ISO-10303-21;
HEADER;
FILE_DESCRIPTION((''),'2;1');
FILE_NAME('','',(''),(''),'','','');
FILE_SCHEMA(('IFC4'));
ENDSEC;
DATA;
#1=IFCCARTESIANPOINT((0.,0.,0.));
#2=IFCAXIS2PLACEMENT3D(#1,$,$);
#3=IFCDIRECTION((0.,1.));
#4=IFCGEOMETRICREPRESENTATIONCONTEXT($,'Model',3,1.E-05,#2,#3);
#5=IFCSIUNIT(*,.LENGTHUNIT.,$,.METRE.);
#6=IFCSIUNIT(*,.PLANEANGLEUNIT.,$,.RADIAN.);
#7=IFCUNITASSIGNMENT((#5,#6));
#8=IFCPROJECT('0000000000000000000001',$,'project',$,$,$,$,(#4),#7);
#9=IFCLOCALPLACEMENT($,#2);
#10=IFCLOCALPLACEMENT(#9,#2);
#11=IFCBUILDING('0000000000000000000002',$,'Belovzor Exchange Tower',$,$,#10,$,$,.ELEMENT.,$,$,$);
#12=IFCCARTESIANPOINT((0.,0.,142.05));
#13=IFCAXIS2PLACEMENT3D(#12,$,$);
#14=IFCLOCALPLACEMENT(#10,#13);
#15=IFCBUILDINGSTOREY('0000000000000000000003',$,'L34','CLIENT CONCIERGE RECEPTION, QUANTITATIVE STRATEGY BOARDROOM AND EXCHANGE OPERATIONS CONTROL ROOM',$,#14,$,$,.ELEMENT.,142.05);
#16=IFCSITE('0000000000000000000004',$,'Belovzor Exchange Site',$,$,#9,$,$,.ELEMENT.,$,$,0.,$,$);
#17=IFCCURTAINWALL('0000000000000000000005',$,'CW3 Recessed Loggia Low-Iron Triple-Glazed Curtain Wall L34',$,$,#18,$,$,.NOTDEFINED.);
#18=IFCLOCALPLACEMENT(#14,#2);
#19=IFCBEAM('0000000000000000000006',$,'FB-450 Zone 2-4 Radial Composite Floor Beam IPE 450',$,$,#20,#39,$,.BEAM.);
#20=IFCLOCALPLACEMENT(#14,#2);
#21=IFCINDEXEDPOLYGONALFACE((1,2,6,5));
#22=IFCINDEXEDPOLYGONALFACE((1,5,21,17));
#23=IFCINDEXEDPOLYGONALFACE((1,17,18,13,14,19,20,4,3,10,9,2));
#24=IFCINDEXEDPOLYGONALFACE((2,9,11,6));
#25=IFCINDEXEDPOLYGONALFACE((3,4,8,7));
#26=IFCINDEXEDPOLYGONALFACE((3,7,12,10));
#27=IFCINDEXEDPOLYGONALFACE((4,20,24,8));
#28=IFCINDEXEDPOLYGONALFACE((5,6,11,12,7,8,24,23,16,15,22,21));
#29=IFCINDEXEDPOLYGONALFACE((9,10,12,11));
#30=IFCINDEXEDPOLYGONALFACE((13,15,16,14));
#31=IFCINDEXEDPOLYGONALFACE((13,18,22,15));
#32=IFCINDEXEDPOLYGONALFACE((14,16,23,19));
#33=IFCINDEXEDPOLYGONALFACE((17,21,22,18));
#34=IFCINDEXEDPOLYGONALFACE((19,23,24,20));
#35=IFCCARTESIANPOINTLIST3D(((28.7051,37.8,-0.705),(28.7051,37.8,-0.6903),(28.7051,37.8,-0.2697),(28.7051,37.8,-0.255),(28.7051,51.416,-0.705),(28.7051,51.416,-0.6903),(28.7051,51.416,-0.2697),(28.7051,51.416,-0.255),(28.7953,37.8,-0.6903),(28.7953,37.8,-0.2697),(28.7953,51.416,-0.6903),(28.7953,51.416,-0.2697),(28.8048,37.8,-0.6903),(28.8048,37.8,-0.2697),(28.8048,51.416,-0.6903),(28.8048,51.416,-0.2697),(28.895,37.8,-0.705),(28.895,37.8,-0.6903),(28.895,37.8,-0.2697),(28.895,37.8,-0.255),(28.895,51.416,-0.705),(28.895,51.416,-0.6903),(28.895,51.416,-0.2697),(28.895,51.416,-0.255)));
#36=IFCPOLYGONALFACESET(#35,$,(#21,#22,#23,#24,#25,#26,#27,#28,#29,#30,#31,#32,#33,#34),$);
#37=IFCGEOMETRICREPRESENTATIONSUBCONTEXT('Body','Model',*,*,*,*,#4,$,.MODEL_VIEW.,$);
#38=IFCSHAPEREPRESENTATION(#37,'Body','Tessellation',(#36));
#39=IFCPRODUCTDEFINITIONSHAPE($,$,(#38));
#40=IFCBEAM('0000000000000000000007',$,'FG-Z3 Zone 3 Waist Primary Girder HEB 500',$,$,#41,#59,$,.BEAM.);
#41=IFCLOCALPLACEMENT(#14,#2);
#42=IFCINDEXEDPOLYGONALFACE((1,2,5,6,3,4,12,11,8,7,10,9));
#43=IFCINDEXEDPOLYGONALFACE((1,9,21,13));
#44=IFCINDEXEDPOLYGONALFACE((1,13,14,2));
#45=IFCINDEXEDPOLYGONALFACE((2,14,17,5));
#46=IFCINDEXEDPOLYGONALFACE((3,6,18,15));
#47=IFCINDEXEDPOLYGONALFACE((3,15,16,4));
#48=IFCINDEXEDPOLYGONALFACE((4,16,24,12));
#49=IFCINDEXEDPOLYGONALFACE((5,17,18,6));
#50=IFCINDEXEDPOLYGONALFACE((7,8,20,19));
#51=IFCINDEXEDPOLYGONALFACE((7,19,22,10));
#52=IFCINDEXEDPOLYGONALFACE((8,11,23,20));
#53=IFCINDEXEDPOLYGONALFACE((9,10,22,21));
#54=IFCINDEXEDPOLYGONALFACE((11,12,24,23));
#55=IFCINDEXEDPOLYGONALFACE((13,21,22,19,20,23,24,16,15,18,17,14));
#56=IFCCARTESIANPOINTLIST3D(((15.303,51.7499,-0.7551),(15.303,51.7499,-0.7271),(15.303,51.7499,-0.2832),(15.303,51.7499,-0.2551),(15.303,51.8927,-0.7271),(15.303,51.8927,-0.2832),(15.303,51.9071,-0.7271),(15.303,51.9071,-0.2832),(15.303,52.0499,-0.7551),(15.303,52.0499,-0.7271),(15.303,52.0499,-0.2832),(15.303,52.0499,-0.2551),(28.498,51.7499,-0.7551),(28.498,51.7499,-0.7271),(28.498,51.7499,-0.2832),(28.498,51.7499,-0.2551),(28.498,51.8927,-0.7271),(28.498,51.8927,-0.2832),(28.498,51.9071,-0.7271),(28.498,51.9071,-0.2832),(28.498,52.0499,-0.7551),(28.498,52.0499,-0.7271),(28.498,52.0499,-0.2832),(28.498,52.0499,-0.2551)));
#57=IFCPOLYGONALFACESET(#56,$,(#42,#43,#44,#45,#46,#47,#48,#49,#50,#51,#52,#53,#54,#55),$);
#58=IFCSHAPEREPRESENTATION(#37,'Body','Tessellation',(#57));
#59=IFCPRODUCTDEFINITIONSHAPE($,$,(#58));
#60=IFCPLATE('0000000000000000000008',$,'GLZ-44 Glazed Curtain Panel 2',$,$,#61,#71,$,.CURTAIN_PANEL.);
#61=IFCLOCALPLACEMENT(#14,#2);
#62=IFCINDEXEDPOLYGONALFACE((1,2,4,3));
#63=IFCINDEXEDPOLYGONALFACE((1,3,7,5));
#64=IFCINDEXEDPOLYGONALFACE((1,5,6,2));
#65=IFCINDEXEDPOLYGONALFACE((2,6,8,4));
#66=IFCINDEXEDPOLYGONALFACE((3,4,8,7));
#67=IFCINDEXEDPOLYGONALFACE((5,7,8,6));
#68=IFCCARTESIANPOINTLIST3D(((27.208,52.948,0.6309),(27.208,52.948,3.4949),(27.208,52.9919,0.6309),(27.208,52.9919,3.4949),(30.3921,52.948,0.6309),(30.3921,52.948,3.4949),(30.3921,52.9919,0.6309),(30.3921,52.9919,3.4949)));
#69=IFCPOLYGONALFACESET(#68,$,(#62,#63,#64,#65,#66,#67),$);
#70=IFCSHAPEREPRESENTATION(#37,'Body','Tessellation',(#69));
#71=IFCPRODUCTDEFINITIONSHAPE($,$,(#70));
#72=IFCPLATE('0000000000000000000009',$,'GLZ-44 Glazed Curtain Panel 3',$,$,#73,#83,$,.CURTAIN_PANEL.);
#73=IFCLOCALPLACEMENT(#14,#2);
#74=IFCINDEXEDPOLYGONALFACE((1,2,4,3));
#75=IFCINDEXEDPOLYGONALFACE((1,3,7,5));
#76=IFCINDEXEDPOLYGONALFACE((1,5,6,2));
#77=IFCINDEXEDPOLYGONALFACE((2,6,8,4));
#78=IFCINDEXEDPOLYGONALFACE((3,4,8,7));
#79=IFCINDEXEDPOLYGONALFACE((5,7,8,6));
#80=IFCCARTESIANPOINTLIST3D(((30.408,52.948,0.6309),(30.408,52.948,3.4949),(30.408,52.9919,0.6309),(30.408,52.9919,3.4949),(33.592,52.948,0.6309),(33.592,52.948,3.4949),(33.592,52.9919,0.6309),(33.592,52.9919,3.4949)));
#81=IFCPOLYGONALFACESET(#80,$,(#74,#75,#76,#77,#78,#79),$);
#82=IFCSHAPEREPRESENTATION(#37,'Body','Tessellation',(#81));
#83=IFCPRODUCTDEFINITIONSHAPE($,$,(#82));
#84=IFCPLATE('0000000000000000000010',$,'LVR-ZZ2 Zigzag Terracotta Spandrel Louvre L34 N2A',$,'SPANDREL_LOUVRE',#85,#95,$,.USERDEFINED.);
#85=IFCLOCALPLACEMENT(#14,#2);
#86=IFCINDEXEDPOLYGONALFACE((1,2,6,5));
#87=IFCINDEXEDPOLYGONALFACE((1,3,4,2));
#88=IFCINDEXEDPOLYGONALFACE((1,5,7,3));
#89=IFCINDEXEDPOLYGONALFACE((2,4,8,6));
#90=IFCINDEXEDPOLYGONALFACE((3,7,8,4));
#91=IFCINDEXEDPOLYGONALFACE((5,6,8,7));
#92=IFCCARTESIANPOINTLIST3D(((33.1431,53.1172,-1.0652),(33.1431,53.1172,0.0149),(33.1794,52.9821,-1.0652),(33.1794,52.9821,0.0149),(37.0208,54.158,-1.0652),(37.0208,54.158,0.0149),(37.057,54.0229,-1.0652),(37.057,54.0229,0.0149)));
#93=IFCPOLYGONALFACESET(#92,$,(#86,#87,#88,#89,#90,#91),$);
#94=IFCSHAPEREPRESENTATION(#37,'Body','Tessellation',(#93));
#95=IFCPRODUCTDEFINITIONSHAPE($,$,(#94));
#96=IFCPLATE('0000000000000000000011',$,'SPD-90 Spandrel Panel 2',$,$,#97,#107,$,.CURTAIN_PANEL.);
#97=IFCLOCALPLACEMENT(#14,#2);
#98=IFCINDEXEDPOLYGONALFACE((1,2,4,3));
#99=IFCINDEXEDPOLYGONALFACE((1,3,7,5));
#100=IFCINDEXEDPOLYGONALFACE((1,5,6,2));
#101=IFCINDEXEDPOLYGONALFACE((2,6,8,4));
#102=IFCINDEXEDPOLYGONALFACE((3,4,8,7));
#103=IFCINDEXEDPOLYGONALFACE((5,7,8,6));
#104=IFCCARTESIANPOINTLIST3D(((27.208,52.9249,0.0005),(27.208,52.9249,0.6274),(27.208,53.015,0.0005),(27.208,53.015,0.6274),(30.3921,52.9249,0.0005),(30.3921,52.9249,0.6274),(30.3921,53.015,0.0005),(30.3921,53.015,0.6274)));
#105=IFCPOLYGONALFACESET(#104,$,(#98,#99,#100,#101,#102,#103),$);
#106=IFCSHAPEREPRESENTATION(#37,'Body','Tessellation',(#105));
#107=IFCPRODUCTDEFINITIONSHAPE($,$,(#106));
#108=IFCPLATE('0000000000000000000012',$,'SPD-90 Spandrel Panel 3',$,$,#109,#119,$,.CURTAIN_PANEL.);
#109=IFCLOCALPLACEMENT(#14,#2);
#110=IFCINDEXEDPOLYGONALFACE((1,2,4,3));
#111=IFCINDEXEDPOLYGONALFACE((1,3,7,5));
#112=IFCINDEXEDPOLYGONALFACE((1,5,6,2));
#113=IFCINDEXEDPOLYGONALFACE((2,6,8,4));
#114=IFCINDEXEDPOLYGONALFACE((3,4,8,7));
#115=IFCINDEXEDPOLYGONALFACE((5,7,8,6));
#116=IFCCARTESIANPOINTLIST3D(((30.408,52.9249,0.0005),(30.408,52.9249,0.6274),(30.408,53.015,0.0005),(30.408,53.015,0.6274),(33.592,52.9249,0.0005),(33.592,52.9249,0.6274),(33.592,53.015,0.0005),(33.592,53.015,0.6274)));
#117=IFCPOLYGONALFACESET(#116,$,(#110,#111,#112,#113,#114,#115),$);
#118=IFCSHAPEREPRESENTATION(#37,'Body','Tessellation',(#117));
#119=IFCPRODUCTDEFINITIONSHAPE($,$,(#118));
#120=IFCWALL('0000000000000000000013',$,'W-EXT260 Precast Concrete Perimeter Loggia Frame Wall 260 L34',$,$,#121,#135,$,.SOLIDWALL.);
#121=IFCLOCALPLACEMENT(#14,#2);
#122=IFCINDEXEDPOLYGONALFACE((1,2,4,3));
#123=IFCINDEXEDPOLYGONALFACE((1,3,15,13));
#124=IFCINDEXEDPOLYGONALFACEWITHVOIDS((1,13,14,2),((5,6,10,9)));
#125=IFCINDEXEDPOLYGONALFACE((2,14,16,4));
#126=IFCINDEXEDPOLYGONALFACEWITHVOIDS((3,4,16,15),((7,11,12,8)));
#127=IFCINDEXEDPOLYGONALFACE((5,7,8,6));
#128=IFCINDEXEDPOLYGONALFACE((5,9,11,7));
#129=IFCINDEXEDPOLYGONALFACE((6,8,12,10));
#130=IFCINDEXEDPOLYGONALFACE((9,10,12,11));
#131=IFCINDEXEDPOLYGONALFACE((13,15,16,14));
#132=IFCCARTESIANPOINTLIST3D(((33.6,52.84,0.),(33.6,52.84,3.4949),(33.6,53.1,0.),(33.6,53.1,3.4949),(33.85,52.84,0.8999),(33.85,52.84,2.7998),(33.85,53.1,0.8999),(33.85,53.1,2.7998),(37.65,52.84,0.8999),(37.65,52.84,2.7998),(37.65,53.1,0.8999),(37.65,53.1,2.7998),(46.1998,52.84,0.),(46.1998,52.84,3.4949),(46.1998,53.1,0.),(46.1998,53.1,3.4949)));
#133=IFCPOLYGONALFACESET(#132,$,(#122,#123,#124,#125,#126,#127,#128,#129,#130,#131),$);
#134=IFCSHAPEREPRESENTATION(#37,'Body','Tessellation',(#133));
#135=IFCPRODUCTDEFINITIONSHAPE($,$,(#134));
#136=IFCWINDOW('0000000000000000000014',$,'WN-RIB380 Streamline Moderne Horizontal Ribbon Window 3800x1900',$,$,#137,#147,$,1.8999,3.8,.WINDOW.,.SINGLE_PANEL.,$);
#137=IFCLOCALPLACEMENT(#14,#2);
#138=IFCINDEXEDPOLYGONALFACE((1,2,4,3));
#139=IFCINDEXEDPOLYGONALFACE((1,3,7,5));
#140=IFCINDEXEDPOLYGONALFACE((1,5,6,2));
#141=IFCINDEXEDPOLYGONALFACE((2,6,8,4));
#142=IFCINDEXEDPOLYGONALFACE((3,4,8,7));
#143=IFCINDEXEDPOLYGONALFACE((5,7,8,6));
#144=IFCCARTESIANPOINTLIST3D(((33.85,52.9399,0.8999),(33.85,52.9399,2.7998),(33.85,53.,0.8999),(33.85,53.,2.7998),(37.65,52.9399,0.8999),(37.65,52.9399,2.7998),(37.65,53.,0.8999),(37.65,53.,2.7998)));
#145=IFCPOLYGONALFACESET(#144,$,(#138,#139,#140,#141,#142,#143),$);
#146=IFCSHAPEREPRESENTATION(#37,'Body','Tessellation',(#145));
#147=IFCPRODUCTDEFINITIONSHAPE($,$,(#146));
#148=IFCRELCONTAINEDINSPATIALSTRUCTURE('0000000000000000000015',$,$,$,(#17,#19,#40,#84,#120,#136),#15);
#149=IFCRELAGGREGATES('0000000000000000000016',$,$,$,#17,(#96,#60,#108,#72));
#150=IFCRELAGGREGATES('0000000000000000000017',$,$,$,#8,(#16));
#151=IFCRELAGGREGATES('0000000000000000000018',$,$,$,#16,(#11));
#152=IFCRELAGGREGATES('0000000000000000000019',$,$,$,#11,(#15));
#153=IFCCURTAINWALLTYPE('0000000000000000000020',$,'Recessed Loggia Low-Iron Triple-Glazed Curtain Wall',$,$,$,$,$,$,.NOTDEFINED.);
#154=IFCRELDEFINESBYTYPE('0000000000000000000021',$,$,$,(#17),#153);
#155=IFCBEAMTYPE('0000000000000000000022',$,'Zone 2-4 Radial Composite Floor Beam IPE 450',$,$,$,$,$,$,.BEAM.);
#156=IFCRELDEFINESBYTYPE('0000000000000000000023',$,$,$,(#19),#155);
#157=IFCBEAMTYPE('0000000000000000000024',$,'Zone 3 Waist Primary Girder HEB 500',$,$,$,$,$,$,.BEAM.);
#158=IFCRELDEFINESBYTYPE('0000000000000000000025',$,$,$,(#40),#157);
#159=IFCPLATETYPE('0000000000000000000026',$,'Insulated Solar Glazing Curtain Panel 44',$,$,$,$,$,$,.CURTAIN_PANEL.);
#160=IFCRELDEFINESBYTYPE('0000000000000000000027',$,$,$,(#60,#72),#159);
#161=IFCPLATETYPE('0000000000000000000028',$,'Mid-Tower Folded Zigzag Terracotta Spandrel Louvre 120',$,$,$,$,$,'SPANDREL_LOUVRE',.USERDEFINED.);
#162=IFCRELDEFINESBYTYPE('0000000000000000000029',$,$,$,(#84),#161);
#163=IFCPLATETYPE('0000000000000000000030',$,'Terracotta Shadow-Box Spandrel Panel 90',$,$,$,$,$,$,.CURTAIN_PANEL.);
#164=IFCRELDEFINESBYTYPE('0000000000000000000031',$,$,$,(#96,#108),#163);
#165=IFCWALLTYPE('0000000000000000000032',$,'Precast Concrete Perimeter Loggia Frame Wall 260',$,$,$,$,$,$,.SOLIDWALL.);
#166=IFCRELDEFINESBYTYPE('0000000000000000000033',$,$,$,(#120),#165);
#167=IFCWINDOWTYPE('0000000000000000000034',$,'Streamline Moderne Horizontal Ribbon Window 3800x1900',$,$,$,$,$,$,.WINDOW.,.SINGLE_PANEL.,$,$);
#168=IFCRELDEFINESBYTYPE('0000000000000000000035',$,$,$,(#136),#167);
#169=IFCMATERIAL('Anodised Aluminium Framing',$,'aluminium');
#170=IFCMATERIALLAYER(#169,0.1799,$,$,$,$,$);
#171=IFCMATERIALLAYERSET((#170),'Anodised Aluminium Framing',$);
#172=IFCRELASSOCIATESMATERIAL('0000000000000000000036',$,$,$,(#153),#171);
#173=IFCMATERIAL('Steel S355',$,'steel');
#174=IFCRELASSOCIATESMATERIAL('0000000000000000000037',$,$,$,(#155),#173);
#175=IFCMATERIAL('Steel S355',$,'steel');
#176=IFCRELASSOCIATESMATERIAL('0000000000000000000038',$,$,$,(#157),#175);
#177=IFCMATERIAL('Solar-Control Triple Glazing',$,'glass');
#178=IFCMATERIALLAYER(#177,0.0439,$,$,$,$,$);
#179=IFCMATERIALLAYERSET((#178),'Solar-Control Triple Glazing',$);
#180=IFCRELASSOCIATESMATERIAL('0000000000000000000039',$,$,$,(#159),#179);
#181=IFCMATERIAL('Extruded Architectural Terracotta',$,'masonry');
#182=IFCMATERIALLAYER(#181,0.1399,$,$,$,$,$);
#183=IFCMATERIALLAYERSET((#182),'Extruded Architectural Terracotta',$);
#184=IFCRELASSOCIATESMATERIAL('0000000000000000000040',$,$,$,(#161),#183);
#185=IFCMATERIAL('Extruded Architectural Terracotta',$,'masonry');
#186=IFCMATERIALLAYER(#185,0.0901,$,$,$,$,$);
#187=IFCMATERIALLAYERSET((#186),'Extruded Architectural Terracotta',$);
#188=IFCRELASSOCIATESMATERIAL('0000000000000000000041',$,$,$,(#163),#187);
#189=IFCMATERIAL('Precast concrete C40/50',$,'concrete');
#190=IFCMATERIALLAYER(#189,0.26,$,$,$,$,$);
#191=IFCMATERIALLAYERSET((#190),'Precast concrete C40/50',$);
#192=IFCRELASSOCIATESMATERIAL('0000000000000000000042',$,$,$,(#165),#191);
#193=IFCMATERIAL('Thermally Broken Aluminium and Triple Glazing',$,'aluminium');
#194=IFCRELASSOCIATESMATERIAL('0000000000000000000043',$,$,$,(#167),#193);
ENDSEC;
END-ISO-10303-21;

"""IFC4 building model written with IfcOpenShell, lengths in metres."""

from ifc_helpers import new_model, si_unit, direction, frame, frame_2d, origin, origin_2d, place, context, subcontext, project, spatial, rectangle, i_section, extrude, material, layer, layer_set, material_profile, profile_set, type_object, element, fill, aggregate, save


model = new_model("IFC4")

# Units and contexts
model_context = context("Model", 3, precision=1e-05, world=origin(), true_north=direction((0.0, 1.0)))
body_context = subcontext(model_context, "Body", "Model", "MODEL_VIEW")
ifc_project = project(units=[si_unit("LENGTHUNIT", "METRE"), si_unit("PLANEANGLEUNIT", "RADIAN")], contexts=[model_context])

# Site, building, storey
site_placement = place(None, origin())
site = spatial("IfcSite", under=ifc_project, at=site_placement, Name="Belovzor Exchange Site", CompositionType="ELEMENT", RefElevation=0.0)
building_placement = place(site_placement, origin())
building = spatial("IfcBuilding", under=site, at=building_placement, Name="Belovzor Exchange Tower", CompositionType="ELEMENT")
storey_placement = place(building_placement, frame((0.0, 0.0, 142.05)))
storey = spatial("IfcBuildingStorey", under=building, at=storey_placement, Name="L34", Description="CLIENT CONCIERGE RECEPTION, QUANTITATIVE STRATEGY BOARDROOM AND EXCHANGE OPERATIONS CONTROL ROOM", CompositionType="ELEMENT", Elevation=142.05)

# Curtain wall
ifc_material_1 = material(Name="Anodised Aluminium Framing", Category="aluminium")
ifc_layer_1 = layer(ifc_material_1, 0.1799)
ifc_layer_set_1 = layer_set([ifc_layer_1], Name="Anodised Aluminium Framing")
curtain_wall_type = type_object("IfcCurtainWallType", Name="Recessed Loggia Low-Iron Triple-Glazed Curtain Wall", PredefinedType="NOTDEFINED", material=ifc_layer_set_1)
curtain_wall_placement = place(storey_placement, origin())
curtain_wall = element("IfcCurtainWall", 1, at=curtain_wall_placement, inside=storey, type_object=curtain_wall_type, Name="CW3 Recessed Loggia Low-Iron Triple-Glazed Curtain Wall L34", PredefinedType="NOTDEFINED")

# Beams
ifc_material_2 = material(Name="Steel S355", Category="steel")
ifc_material_profile_1 = material_profile(ifc_material_2, i_section(OverallWidth=0.1899, OverallDepth=0.45, WebThickness=0.0095, FlangeThickness=0.0146, at=origin_2d()))
ifc_profile_set_1 = profile_set([ifc_material_profile_1], Name="Steel S355")
beam_type_1 = type_object("IfcBeamType", Name="Zone 2-4 Radial Composite Floor Beam IPE 450", PredefinedType="BEAM", material=ifc_profile_set_1)
beam_1_placement = place(storey_placement, frame((28.8, 37.8, -0.48), z_axis=(0.0, 1.0, 0.0), x_axis=(-1.0, 0.0, 0.0)))
element("IfcBeam", 2, at=beam_1_placement, inside=storey, type_object=beam_type_1, Name="FB-450 Zone 2-4 Radial Composite Floor Beam IPE 450", PredefinedType="BEAM", context=body_context, shape_type="SweptSolid", body=[
    extrude(i_section(OverallWidth=0.1899, OverallDepth=0.45, WebThickness=0.0095, FlangeThickness=0.0146, at=origin_2d()), origin(), (0.0, 0.0, 1.0), 13.616),
])
ifc_material_3 = material(Name="Steel S355", Category="steel")
ifc_material_profile_2 = material_profile(ifc_material_3, i_section(OverallWidth=0.3, OverallDepth=0.5, WebThickness=0.0144, FlangeThickness=0.0281, at=origin_2d()))
ifc_profile_set_2 = profile_set([ifc_material_profile_2], Name="Steel S355")
beam_type_2 = type_object("IfcBeamType", Name="Zone 3 Waist Primary Girder HEB 500", PredefinedType="BEAM", material=ifc_profile_set_2)
beam_2_placement = place(storey_placement, frame((28.498, 51.8999, -0.5051), z_axis=(-1.0, 0.0, 0.0), x_axis=(0.0, -1.0, 0.0)))
element("IfcBeam", 3, at=beam_2_placement, inside=storey, type_object=beam_type_2, Name="FG-Z3 Zone 3 Waist Primary Girder HEB 500", PredefinedType="BEAM", context=body_context, shape_type="SweptSolid", body=[
    extrude(i_section(OverallWidth=0.3, OverallDepth=0.5, WebThickness=0.0144, FlangeThickness=0.0281, at=origin_2d()), origin(), (0.0, 0.0, 1.0), 13.1951),
])

# Plates
ifc_material_4 = material(Name="Solar-Control Triple Glazing", Category="glass")
ifc_layer_2 = layer(ifc_material_4, 0.0439)
ifc_layer_set_2 = layer_set([ifc_layer_2], Name="Solar-Control Triple Glazing")
plate_type_1 = type_object("IfcPlateType", Name="Insulated Solar Glazing Curtain Panel 44", PredefinedType="CURTAIN_PANEL", material=ifc_layer_set_2)
plate_1_placement = place(storey_placement, frame((28.8, 52.97, 0.6309), z_axis=(0.0, 0.0, 1.0), x_axis=(1.0, 0.0, 0.0)))
plate_1 = element("IfcPlate", 4, at=plate_1_placement, type_object=plate_type_1, Name="GLZ-44 Glazed Curtain Panel 2", PredefinedType="CURTAIN_PANEL", context=body_context, shape_type="SweptSolid", body=[
    extrude(rectangle(XDim=3.1841, YDim=0.0439, at=origin_2d()), origin(), (0.0, 0.0, 1.0), 2.864),
])
plate_2_placement = place(storey_placement, frame((32.0, 52.97, 0.6309), z_axis=(0.0, 0.0, 1.0), x_axis=(1.0, 0.0, 0.0)))
plate_2 = element("IfcPlate", 5, at=plate_2_placement, type_object=plate_type_1, Name="GLZ-44 Glazed Curtain Panel 3", PredefinedType="CURTAIN_PANEL", context=body_context, shape_type="SweptSolid", body=[
    extrude(rectangle(XDim=3.1841, YDim=0.0439, at=origin_2d()), origin(), (0.0, 0.0, 1.0), 2.864),
])
ifc_material_5 = material(Name="Extruded Architectural Terracotta", Category="masonry")
ifc_layer_3 = layer(ifc_material_5, 0.1399)
ifc_layer_set_3 = layer_set([ifc_layer_3], Name="Extruded Architectural Terracotta")
plate_type_2 = type_object("IfcPlateType", Name="Mid-Tower Folded Zigzag Terracotta Spandrel Louvre 120", ElementType="SPANDREL_LOUVRE", PredefinedType="USERDEFINED", material=ifc_layer_set_3)
plate_3_placement = place(storey_placement, frame((35.1001, 53.5701, -1.0652), z_axis=(0.0, 0.0, 1.0), x_axis=(0.965813, 0.25924, 0.0)))
element("IfcPlate", 6, at=plate_3_placement, inside=storey, type_object=plate_type_2, Name="LVR-ZZ2 Zigzag Terracotta Spandrel Louvre L34 N2A", ObjectType="SPANDREL_LOUVRE", PredefinedType="USERDEFINED", context=body_context, shape_type="SweptSolid", body=[
    extrude(rectangle(XDim=4.0149, YDim=0.1399, at=origin_2d()), origin(), (0.0, 0.0, 1.0), 1.0801),
])
ifc_material_6 = material(Name="Extruded Architectural Terracotta", Category="masonry")
ifc_layer_4 = layer(ifc_material_6, 0.0901)
ifc_layer_set_4 = layer_set([ifc_layer_4], Name="Extruded Architectural Terracotta")
plate_type_3 = type_object("IfcPlateType", Name="Terracotta Shadow-Box Spandrel Panel 90", PredefinedType="CURTAIN_PANEL", material=ifc_layer_set_4)
plate_4_placement = place(storey_placement, frame((28.8, 52.97, 0.0005), z_axis=(0.0, 0.0, 1.0), x_axis=(1.0, 0.0, 0.0)))
plate_4 = element("IfcPlate", 7, at=plate_4_placement, type_object=plate_type_3, Name="SPD-90 Spandrel Panel 2", PredefinedType="CURTAIN_PANEL", context=body_context, shape_type="SweptSolid", body=[
    extrude(rectangle(XDim=3.1841, YDim=0.0901, at=origin_2d()), origin(), (0.0, 0.0, 1.0), 0.627),
])
plate_5_placement = place(storey_placement, frame((32.0, 52.97, 0.0005), z_axis=(0.0, 0.0, 1.0), x_axis=(1.0, 0.0, 0.0)))
plate_5 = element("IfcPlate", 8, at=plate_5_placement, type_object=plate_type_3, Name="SPD-90 Spandrel Panel 3", PredefinedType="CURTAIN_PANEL", context=body_context, shape_type="SweptSolid", body=[
    extrude(rectangle(XDim=3.1841, YDim=0.0901, at=origin_2d()), origin(), (0.0, 0.0, 1.0), 0.627),
])
aggregate(curtain_wall, [plate_4, plate_1, plate_5, plate_2])

# Wall, opening, window
ifc_material_7 = material(Name="Precast concrete C40/50", Category="concrete")
ifc_layer_5 = layer(ifc_material_7, 0.26)
ifc_layer_set_5 = layer_set([ifc_layer_5], Name="Precast concrete C40/50")
wall_type = type_object("IfcWallType", Name="Precast Concrete Perimeter Loggia Frame Wall 260", PredefinedType="SOLIDWALL", material=ifc_layer_set_5)
wall_placement = place(storey_placement, frame((33.6001, 52.97, 0.0), z_axis=(0.0, 0.0, 1.0), x_axis=(1.0, 0.0, 0.0)))
wall = element("IfcWall", 9, at=wall_placement, inside=storey, type_object=wall_type, Name="W-EXT260 Precast Concrete Perimeter Loggia Frame Wall 260 L34", PredefinedType="SOLIDWALL", context=body_context, shape_type="SweptSolid", body=[
    extrude(rectangle(XDim=12.5999, YDim=0.26, at=frame_2d((6.2998, 0.0))), origin(), (0.0, 0.0, 1.0), 3.4949),
])
opening_placement = place(wall_placement, frame((0.25, 0.0, 0.8999)))
opening = element("IfcOpeningElement", 10, at=opening_placement, cuts=wall, PredefinedType="OPENING", context=body_context, shape_type="SweptSolid", body=[
    extrude(rectangle(XDim=3.8, YDim=1.8999, at=frame_2d((1.8999, 0.95))), frame((0.0, 0.1399, 0.0), z_axis=(0.0, -1.0, 0.0), x_axis=(1.0, 0.0, 0.0)), (0.0, 0.0, 1.0), 0.28),
])
ifc_material_8 = material(Name="Thermally Broken Aluminium and Triple Glazing", Category="aluminium")
window_type = type_object("IfcWindowType", Name="Streamline Moderne Horizontal Ribbon Window 3800x1900", PartitioningType="SINGLE_PANEL", PredefinedType="WINDOW", material=ifc_material_8)
window_placement = place(opening_placement, origin())
window = element("IfcWindow", 11, at=window_placement, inside=storey, type_object=window_type, Name="WN-RIB380 Streamline Moderne Horizontal Ribbon Window 3800x1900", OverallHeight=1.8999, OverallWidth=3.8, PartitioningType="SINGLE_PANEL", PredefinedType="WINDOW", context=body_context, shape_type="SweptSolid", body=[
    extrude(rectangle(XDim=3.8, YDim=1.8999, at=frame_2d((1.8999, 0.95))), frame((0.0, 0.03, 0.0), z_axis=(0.0, -1.0, 0.0), x_axis=(1.0, 0.0, 0.0)), (0.0, 0.0, 1.0), 0.0601),
])
fill(opening, window)

save(model, "model.ifc")
